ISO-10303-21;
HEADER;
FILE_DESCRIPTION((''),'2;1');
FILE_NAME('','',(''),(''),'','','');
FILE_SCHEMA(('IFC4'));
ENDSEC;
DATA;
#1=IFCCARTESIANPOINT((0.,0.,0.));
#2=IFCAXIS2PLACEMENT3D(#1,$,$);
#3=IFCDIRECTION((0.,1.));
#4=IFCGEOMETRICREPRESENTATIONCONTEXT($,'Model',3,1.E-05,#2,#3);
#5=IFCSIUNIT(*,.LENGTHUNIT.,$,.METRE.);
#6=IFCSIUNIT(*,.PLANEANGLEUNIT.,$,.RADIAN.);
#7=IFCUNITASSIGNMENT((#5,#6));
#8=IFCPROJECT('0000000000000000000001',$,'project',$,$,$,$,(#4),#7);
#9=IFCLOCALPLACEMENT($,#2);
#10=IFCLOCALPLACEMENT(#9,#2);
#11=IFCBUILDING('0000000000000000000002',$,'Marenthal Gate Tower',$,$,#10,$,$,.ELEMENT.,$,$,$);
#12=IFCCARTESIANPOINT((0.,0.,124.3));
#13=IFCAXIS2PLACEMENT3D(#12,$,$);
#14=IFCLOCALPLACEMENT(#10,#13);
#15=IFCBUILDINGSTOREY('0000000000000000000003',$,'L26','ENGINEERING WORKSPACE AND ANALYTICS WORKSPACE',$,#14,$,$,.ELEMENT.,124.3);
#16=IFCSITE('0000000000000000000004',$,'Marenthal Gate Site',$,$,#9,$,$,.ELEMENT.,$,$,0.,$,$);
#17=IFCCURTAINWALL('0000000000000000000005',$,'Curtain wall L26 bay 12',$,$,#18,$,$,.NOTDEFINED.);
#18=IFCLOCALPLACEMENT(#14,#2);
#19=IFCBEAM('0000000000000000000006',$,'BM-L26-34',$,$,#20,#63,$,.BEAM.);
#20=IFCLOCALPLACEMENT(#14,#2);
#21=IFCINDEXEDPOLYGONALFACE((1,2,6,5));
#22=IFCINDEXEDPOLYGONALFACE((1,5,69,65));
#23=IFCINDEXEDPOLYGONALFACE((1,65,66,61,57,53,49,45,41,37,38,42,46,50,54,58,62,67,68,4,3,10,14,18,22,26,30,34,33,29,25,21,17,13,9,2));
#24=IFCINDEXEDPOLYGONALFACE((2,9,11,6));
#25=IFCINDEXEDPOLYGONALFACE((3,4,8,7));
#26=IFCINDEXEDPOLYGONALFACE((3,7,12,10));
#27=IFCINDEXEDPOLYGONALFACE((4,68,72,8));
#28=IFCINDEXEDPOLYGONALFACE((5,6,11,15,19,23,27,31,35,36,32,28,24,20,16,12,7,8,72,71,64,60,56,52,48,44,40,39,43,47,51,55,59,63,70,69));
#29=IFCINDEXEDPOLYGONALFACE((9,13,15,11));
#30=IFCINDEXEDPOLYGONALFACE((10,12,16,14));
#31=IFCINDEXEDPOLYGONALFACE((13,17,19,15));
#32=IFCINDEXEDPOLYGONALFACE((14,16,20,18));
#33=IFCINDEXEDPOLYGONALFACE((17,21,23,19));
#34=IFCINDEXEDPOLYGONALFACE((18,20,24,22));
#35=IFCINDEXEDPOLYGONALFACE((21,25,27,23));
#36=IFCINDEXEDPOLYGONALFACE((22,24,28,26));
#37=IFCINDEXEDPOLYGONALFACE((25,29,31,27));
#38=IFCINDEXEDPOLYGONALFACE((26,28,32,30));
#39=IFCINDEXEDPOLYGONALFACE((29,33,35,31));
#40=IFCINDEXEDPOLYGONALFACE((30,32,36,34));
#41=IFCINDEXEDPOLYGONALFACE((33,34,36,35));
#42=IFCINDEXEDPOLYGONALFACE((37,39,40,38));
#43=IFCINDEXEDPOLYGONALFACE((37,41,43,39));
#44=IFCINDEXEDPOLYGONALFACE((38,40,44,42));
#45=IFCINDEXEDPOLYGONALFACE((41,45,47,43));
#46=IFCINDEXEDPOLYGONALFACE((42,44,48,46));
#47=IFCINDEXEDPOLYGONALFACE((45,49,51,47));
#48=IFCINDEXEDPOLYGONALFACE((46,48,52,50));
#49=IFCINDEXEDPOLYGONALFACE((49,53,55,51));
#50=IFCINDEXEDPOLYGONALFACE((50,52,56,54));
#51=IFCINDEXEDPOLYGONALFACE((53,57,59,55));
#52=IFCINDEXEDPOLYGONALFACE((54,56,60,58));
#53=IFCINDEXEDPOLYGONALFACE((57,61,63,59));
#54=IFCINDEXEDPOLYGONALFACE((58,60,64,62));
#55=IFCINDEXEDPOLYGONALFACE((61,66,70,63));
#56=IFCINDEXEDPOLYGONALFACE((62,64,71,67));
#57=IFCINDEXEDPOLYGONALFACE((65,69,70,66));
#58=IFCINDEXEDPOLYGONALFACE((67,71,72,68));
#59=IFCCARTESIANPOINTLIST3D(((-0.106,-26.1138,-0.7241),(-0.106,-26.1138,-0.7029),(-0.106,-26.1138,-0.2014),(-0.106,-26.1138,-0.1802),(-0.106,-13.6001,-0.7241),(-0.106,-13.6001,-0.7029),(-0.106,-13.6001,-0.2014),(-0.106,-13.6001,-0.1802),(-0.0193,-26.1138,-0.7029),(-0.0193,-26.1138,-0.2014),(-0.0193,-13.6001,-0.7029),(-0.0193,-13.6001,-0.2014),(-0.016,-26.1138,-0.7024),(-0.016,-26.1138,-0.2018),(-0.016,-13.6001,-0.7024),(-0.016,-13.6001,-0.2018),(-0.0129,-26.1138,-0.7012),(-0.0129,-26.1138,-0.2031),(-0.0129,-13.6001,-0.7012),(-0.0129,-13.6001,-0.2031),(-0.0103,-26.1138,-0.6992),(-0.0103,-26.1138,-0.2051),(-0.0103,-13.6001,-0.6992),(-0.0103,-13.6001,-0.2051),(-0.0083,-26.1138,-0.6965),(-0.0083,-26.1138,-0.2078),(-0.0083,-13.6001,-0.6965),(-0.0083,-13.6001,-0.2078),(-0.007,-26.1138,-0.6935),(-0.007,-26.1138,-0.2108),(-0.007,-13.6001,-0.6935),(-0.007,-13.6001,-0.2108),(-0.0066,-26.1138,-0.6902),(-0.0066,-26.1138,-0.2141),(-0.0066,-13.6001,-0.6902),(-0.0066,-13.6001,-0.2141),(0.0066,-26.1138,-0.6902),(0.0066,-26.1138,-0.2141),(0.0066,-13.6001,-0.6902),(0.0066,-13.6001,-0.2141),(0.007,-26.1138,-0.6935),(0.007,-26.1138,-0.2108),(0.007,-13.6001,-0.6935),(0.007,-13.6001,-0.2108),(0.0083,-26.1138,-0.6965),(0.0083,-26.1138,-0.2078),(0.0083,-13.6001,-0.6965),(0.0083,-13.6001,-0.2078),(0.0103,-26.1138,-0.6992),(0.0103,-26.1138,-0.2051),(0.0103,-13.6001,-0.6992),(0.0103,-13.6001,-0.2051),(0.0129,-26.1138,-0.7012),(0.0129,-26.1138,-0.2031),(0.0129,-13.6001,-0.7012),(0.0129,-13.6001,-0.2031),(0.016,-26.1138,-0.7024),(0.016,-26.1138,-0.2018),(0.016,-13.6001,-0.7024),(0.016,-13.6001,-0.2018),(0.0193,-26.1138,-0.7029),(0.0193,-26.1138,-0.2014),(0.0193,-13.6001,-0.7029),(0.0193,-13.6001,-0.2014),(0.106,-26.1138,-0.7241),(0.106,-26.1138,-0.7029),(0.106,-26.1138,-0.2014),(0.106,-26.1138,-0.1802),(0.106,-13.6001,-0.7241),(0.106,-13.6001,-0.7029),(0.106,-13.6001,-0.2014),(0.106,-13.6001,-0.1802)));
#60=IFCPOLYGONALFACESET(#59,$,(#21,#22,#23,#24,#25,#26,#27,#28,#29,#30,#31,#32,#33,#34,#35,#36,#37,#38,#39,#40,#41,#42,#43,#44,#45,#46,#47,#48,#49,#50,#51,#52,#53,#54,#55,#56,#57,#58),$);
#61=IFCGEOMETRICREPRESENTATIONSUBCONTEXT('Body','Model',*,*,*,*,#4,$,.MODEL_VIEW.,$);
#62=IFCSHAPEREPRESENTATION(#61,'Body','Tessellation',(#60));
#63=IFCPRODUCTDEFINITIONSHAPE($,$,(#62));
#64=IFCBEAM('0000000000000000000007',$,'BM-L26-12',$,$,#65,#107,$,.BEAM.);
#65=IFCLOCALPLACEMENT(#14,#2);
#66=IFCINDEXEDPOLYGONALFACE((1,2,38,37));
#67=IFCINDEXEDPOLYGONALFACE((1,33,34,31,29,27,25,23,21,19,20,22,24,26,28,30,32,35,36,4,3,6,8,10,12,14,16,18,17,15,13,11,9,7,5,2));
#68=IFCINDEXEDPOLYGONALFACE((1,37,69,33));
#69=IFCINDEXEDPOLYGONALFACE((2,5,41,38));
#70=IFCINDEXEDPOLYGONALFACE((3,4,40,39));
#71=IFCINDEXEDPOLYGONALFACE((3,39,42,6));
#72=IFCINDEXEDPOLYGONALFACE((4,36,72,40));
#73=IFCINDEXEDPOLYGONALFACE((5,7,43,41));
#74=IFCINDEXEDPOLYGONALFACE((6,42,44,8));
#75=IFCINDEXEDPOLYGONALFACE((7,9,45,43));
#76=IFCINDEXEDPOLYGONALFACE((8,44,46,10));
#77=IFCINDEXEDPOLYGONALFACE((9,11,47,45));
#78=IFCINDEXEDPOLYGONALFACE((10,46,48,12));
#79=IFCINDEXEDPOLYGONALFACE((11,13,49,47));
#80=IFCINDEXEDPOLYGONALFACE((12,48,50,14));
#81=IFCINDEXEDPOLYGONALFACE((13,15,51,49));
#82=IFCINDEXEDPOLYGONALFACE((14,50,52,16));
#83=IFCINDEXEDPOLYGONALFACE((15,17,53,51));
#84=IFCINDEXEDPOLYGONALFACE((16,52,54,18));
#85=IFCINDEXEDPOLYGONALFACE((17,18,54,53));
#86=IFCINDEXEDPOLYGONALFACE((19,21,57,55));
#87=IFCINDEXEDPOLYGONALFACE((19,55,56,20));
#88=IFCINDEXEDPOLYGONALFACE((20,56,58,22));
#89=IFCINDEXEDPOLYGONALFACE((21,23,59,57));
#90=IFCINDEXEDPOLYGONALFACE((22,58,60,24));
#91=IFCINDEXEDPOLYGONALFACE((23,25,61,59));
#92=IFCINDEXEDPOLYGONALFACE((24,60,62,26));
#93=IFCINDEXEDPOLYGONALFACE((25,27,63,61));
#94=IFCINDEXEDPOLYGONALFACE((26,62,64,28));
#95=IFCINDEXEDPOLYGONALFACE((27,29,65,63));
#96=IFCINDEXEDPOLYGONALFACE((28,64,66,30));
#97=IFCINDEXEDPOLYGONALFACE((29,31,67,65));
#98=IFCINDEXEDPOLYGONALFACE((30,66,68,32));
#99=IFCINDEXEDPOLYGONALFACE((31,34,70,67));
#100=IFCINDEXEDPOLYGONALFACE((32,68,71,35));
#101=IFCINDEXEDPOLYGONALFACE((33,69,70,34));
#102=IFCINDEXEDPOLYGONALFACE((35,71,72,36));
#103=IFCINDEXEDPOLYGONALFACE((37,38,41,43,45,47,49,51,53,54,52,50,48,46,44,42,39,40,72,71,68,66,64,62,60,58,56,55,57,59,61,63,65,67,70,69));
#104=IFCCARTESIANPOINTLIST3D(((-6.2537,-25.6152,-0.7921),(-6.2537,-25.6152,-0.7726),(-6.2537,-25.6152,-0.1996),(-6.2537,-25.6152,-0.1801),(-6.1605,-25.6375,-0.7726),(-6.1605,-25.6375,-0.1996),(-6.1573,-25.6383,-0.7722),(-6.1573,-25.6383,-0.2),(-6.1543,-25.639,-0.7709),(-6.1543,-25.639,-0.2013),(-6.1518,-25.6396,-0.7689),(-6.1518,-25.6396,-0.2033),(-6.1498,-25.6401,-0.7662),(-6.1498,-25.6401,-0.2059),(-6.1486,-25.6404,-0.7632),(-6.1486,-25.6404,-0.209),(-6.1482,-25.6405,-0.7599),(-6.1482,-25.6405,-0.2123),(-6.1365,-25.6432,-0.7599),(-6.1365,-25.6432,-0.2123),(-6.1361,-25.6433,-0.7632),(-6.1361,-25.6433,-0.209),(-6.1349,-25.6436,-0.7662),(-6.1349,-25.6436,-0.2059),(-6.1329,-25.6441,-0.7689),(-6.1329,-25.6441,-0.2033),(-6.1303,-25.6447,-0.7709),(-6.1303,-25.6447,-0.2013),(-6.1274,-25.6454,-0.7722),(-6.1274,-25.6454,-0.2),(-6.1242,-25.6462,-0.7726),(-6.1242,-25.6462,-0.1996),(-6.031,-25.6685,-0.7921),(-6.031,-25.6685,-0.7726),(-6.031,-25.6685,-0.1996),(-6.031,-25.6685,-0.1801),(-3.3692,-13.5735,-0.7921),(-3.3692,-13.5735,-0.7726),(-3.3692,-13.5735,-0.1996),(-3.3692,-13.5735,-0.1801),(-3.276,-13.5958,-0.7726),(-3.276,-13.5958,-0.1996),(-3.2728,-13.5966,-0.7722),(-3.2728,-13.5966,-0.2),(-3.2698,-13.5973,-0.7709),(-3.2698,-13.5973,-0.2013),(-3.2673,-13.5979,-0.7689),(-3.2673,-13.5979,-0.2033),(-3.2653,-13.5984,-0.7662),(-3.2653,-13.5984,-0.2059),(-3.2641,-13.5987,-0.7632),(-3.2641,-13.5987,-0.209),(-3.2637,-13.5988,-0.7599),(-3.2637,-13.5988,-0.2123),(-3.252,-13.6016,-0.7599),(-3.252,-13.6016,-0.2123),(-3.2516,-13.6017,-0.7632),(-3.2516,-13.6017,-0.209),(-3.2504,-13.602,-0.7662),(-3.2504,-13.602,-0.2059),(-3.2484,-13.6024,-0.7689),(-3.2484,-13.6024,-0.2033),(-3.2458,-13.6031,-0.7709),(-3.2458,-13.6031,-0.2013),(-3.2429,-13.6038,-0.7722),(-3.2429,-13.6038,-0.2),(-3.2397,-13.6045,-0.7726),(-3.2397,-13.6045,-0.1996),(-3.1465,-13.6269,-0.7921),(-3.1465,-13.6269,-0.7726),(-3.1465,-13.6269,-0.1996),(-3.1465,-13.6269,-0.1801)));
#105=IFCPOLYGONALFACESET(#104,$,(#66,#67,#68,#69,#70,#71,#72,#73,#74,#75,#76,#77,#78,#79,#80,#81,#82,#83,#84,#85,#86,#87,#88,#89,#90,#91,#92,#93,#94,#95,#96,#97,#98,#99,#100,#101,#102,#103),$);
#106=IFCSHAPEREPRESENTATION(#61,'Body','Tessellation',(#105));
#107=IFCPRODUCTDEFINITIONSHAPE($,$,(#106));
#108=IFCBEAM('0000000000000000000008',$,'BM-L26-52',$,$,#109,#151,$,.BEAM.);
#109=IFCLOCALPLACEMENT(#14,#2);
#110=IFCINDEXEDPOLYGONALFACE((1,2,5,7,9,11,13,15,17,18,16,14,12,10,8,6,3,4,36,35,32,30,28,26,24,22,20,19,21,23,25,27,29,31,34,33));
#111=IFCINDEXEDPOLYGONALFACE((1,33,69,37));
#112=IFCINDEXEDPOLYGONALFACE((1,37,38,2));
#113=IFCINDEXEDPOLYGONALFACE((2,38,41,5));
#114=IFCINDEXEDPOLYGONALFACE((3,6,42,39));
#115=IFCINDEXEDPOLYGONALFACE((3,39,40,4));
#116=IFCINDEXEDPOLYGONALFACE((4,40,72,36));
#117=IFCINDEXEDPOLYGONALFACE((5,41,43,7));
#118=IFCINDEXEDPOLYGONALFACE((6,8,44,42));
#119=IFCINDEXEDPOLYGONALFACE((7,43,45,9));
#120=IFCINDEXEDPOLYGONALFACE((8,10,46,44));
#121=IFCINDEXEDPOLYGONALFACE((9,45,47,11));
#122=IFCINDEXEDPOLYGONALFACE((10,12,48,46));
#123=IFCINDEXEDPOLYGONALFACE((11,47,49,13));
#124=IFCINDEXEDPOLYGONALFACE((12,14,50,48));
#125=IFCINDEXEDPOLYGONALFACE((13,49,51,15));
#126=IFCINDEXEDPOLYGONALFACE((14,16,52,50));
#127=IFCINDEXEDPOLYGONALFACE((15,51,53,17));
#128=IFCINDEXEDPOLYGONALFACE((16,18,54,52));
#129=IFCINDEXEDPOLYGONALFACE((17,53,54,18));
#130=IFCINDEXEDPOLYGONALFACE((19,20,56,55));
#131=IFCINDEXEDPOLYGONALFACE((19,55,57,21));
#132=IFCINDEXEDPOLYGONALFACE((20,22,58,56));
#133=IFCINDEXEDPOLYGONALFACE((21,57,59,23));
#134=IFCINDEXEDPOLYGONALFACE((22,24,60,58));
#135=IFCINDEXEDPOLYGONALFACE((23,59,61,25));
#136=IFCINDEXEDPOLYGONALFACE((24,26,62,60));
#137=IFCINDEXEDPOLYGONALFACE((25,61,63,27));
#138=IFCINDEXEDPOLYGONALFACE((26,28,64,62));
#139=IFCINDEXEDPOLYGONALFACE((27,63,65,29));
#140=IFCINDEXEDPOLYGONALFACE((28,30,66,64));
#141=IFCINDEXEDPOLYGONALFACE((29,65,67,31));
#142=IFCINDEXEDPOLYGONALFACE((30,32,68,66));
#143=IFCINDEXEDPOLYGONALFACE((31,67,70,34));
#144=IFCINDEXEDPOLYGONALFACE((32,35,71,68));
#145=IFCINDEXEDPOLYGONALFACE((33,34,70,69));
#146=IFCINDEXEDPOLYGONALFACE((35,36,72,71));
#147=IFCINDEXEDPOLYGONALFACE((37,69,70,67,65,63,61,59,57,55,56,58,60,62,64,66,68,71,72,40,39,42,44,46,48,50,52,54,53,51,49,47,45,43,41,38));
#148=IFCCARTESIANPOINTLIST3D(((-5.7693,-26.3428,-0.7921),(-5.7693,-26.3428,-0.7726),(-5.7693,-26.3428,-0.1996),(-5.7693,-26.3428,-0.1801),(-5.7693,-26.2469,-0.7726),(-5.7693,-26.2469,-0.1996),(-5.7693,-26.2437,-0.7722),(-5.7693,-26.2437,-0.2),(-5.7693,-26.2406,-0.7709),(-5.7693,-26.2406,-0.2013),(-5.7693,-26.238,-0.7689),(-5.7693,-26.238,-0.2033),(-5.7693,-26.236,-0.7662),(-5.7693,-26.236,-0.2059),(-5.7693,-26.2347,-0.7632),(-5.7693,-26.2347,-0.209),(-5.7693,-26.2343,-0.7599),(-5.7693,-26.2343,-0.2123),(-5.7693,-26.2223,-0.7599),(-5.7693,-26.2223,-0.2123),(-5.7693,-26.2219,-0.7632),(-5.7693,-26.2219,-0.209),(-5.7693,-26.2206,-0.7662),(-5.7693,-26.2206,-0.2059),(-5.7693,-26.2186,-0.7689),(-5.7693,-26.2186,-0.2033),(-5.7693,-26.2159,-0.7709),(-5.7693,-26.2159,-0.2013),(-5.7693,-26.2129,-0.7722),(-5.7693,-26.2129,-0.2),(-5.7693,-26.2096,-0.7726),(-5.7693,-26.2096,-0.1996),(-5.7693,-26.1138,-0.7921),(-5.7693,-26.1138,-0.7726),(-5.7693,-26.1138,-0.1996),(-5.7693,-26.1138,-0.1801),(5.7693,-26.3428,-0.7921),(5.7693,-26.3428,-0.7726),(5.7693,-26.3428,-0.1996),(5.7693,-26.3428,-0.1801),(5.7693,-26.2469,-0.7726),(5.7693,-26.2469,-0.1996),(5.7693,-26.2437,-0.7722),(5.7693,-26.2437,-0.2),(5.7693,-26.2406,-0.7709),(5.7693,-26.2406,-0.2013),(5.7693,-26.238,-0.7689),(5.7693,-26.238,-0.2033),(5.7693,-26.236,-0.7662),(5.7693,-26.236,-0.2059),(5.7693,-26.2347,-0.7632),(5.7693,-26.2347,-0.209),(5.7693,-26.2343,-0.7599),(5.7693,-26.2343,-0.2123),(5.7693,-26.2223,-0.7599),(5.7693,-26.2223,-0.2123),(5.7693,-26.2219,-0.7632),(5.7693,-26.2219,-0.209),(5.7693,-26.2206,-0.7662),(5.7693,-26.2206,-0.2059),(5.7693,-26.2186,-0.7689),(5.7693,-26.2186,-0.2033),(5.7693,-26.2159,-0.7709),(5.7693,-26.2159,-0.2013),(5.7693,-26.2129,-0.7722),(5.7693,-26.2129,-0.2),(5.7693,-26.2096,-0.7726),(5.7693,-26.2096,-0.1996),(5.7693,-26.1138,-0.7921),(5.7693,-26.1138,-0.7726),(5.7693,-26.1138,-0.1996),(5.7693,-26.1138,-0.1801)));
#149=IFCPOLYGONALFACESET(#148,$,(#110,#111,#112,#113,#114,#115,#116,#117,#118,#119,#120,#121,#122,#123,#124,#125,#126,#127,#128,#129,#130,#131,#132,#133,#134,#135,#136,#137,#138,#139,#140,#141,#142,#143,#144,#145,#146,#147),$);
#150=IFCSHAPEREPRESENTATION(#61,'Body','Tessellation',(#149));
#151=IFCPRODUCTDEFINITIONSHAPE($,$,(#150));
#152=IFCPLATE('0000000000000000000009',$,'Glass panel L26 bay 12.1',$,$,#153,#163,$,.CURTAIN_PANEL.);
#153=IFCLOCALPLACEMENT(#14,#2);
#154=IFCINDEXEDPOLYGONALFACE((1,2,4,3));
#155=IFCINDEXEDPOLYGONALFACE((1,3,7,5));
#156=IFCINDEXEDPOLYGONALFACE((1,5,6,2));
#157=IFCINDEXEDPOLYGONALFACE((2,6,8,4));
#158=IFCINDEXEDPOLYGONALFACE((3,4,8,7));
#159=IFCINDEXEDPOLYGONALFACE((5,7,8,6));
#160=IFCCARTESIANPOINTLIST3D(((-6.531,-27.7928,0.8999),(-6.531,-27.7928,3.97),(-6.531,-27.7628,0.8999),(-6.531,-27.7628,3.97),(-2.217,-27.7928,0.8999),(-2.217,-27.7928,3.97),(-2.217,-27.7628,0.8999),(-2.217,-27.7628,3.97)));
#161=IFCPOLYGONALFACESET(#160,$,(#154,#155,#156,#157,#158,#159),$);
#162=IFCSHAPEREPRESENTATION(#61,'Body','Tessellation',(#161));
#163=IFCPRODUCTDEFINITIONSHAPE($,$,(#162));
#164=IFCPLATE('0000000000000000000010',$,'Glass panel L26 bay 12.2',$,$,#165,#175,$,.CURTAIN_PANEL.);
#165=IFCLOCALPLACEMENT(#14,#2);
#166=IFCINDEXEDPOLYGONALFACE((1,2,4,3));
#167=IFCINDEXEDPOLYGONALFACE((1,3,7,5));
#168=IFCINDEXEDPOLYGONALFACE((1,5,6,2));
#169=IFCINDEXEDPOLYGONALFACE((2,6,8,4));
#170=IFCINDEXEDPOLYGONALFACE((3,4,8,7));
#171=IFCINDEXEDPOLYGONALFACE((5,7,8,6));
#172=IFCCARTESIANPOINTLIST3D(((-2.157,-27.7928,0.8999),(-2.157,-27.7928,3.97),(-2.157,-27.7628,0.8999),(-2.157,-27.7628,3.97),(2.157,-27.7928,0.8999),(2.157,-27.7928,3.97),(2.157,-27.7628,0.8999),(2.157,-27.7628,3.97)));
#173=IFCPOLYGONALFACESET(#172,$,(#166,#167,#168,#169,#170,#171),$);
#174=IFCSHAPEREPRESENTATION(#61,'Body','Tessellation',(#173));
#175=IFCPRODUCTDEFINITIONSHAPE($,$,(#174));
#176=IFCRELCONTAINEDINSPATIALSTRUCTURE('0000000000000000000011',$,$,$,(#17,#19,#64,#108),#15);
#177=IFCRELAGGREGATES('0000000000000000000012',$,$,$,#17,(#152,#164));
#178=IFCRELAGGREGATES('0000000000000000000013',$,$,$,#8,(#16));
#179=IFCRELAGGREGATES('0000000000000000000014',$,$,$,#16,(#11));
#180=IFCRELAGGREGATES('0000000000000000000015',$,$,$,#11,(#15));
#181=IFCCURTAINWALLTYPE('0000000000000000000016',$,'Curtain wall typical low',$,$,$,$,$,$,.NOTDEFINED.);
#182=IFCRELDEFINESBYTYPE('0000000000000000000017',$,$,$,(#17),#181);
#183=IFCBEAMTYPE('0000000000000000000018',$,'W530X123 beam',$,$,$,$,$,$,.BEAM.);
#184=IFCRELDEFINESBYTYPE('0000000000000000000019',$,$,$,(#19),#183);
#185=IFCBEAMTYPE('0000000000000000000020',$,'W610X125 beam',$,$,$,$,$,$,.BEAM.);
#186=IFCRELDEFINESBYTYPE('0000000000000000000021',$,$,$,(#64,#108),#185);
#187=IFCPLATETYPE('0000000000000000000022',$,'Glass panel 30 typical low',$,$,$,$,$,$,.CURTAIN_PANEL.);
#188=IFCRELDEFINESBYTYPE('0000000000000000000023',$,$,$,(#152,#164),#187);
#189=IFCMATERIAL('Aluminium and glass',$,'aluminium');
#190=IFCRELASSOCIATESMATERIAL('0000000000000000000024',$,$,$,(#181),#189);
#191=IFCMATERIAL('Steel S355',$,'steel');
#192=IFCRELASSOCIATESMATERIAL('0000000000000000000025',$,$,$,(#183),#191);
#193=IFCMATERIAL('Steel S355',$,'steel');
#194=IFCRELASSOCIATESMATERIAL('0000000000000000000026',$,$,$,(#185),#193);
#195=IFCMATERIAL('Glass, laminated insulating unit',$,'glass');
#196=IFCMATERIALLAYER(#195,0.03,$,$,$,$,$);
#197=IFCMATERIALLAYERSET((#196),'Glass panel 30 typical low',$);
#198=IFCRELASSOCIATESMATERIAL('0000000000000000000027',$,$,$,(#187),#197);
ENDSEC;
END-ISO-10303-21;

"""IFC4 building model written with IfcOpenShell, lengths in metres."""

from ifc_helpers import new_model, si_unit, direction, frame, origin, origin_2d, place, context, subcontext, project, spatial, rectangle, i_section, extrude, material, layer, layer_set, material_profile, profile_set, type_object, element, aggregate, save


model = new_model("IFC4")

# Units and contexts
model_context = context("Model", 3, precision=1e-05, world=origin(), true_north=direction((0.0, 1.0)))
body_context = subcontext(model_context, "Body", "Model", "MODEL_VIEW")
ifc_project = project(units=[si_unit("LENGTHUNIT", "METRE"), si_unit("PLANEANGLEUNIT", "RADIAN")], contexts=[model_context])

# Site, building, storey
site_placement = place(None, origin())
site = spatial("IfcSite", under=ifc_project, at=site_placement, Name="Marenthal Gate Site", CompositionType="ELEMENT", RefElevation=0.0)
building_placement = place(site_placement, origin())
building = spatial("IfcBuilding", under=site, at=building_placement, Name="Marenthal Gate Tower", CompositionType="ELEMENT")
storey_placement = place(building_placement, frame((0.0, 0.0, 124.3)))
storey = spatial("IfcBuildingStorey", under=building, at=storey_placement, Name="L26", Description="ENGINEERING WORKSPACE AND ANALYTICS WORKSPACE", CompositionType="ELEMENT", Elevation=124.3)

# Curtain wall
ifc_material_1 = material(Name="Aluminium and glass", Category="aluminium")
curtain_wall_type = type_object("IfcCurtainWallType", Name="Curtain wall typical low", PredefinedType="NOTDEFINED", material=ifc_material_1)
curtain_wall_placement = place(storey_placement, origin())
curtain_wall = element("IfcCurtainWall", 1, at=curtain_wall_placement, inside=storey, type_object=curtain_wall_type, Name="Curtain wall L26 bay 12", PredefinedType="NOTDEFINED")

# Beams
ifc_material_2 = material(Name="Steel S355", Category="steel")
ifc_material_profile_1 = material_profile(ifc_material_2, i_section(OverallWidth=0.2119, OverallDepth=0.5439, WebThickness=0.0132, FlangeThickness=0.0212, FilletRadius=0.0127, at=origin_2d()), Name="W530X123")
ifc_profile_set_1 = profile_set([ifc_material_profile_1], Name="Steel S355")
beam_type_1 = type_object("IfcBeamType", Name="W530X123 beam", PredefinedType="BEAM", material=ifc_profile_set_1)
beam_1_placement = place(storey_placement, frame((0.0, -26.1138, -0.4521), z_axis=(0.0, 1.0, 0.0), x_axis=(-1.0, 0.0, 0.0)))
element("IfcBeam", 2, at=beam_1_placement, inside=storey, type_object=beam_type_1, Name="BM-L26-34", PredefinedType="BEAM", context=body_context, shape_type="SweptSolid", body=[
    extrude(i_section(OverallWidth=0.2119, OverallDepth=0.5439, WebThickness=0.0132, FlangeThickness=0.0212, FilletRadius=0.0127, at=origin_2d()), origin(), (0.0, 0.0, 1.0), 12.5137),
])
ifc_material_3 = material(Name="Steel S355", Category="steel")
ifc_material_profile_2 = material_profile(ifc_material_3, i_section(OverallWidth=0.229, OverallDepth=0.6121, WebThickness=0.012, FlangeThickness=0.0195, FilletRadius=0.0127, at=origin_2d()), Name="W610X125")
ifc_profile_set_2 = profile_set([ifc_material_profile_2], Name="Steel S355")
beam_type_2 = type_object("IfcBeamType", Name="W610X125 beam", PredefinedType="BEAM", material=ifc_profile_set_2)
beam_2_placement = place(storey_placement, frame((-6.1423, -25.6418, -0.4861), z_axis=(0.232953, 0.972488, 0.0), x_axis=(-0.972488, 0.232953, 0.0)))
element("IfcBeam", 3, at=beam_2_placement, inside=storey, type_object=beam_type_2, Name="BM-L26-12", PredefinedType="BEAM", context=body_context, shape_type="SweptSolid", body=[
    extrude(i_section(OverallWidth=0.229, OverallDepth=0.6121, WebThickness=0.012, FlangeThickness=0.0195, FilletRadius=0.0127, at=origin_2d()), origin(), (0.0, 0.0, 1.0), 12.3823),
])
beam_3_placement = place(storey_placement, frame((-5.7693, -26.2283, -0.4861), z_axis=(1.0, 0.0, 0.0), x_axis=(0.0, 1.0, 0.0)))
element("IfcBeam", 4, at=beam_3_placement, inside=storey, type_object=beam_type_2, Name="BM-L26-52", PredefinedType="BEAM", context=body_context, shape_type="SweptSolid", body=[
    extrude(i_section(OverallWidth=0.229, OverallDepth=0.6121, WebThickness=0.012, FlangeThickness=0.0195, FilletRadius=0.0127, at=origin_2d()), origin(), (0.0, 0.0, 1.0), 11.5386),
])

# Plates
ifc_material_4 = material(Name="Glass, laminated insulating unit", Category="glass")
ifc_layer_1 = layer(ifc_material_4, 0.03)
ifc_layer_set_1 = layer_set([ifc_layer_1], Name="Glass panel 30 typical low")
plate_type = type_object("IfcPlateType", Name="Glass panel 30 typical low", PredefinedType="CURTAIN_PANEL", material=ifc_layer_set_1)
plate_1_placement = place(storey_placement, frame((-4.374, -27.7778, 0.8999), z_axis=(0.0, 0.0, 1.0), x_axis=(1.0, 0.0, 0.0)))
plate_1 = element("IfcPlate", 5, at=plate_1_placement, type_object=plate_type, Name="Glass panel L26 bay 12.1", PredefinedType="CURTAIN_PANEL", context=body_context, shape_type="SweptSolid", body=[
    extrude(rectangle(XDim=4.314, YDim=0.03, at=origin_2d()), origin(), (0.0, 0.0, 1.0), 3.0701),
])
plate_2_placement = place(storey_placement, frame((0.0, -27.7778, 0.8999), z_axis=(0.0, 0.0, 1.0), x_axis=(1.0, 0.0, 0.0)))
plate_2 = element("IfcPlate", 6, at=plate_2_placement, type_object=plate_type, Name="Glass panel L26 bay 12.2", PredefinedType="CURTAIN_PANEL", context=body_context, shape_type="SweptSolid", body=[
    extrude(rectangle(XDim=4.314, YDim=0.03, at=origin_2d()), origin(), (0.0, 0.0, 1.0), 3.0701),
])
aggregate(curtain_wall, [plate_1, plate_2])

save(model, "model.ifc")
